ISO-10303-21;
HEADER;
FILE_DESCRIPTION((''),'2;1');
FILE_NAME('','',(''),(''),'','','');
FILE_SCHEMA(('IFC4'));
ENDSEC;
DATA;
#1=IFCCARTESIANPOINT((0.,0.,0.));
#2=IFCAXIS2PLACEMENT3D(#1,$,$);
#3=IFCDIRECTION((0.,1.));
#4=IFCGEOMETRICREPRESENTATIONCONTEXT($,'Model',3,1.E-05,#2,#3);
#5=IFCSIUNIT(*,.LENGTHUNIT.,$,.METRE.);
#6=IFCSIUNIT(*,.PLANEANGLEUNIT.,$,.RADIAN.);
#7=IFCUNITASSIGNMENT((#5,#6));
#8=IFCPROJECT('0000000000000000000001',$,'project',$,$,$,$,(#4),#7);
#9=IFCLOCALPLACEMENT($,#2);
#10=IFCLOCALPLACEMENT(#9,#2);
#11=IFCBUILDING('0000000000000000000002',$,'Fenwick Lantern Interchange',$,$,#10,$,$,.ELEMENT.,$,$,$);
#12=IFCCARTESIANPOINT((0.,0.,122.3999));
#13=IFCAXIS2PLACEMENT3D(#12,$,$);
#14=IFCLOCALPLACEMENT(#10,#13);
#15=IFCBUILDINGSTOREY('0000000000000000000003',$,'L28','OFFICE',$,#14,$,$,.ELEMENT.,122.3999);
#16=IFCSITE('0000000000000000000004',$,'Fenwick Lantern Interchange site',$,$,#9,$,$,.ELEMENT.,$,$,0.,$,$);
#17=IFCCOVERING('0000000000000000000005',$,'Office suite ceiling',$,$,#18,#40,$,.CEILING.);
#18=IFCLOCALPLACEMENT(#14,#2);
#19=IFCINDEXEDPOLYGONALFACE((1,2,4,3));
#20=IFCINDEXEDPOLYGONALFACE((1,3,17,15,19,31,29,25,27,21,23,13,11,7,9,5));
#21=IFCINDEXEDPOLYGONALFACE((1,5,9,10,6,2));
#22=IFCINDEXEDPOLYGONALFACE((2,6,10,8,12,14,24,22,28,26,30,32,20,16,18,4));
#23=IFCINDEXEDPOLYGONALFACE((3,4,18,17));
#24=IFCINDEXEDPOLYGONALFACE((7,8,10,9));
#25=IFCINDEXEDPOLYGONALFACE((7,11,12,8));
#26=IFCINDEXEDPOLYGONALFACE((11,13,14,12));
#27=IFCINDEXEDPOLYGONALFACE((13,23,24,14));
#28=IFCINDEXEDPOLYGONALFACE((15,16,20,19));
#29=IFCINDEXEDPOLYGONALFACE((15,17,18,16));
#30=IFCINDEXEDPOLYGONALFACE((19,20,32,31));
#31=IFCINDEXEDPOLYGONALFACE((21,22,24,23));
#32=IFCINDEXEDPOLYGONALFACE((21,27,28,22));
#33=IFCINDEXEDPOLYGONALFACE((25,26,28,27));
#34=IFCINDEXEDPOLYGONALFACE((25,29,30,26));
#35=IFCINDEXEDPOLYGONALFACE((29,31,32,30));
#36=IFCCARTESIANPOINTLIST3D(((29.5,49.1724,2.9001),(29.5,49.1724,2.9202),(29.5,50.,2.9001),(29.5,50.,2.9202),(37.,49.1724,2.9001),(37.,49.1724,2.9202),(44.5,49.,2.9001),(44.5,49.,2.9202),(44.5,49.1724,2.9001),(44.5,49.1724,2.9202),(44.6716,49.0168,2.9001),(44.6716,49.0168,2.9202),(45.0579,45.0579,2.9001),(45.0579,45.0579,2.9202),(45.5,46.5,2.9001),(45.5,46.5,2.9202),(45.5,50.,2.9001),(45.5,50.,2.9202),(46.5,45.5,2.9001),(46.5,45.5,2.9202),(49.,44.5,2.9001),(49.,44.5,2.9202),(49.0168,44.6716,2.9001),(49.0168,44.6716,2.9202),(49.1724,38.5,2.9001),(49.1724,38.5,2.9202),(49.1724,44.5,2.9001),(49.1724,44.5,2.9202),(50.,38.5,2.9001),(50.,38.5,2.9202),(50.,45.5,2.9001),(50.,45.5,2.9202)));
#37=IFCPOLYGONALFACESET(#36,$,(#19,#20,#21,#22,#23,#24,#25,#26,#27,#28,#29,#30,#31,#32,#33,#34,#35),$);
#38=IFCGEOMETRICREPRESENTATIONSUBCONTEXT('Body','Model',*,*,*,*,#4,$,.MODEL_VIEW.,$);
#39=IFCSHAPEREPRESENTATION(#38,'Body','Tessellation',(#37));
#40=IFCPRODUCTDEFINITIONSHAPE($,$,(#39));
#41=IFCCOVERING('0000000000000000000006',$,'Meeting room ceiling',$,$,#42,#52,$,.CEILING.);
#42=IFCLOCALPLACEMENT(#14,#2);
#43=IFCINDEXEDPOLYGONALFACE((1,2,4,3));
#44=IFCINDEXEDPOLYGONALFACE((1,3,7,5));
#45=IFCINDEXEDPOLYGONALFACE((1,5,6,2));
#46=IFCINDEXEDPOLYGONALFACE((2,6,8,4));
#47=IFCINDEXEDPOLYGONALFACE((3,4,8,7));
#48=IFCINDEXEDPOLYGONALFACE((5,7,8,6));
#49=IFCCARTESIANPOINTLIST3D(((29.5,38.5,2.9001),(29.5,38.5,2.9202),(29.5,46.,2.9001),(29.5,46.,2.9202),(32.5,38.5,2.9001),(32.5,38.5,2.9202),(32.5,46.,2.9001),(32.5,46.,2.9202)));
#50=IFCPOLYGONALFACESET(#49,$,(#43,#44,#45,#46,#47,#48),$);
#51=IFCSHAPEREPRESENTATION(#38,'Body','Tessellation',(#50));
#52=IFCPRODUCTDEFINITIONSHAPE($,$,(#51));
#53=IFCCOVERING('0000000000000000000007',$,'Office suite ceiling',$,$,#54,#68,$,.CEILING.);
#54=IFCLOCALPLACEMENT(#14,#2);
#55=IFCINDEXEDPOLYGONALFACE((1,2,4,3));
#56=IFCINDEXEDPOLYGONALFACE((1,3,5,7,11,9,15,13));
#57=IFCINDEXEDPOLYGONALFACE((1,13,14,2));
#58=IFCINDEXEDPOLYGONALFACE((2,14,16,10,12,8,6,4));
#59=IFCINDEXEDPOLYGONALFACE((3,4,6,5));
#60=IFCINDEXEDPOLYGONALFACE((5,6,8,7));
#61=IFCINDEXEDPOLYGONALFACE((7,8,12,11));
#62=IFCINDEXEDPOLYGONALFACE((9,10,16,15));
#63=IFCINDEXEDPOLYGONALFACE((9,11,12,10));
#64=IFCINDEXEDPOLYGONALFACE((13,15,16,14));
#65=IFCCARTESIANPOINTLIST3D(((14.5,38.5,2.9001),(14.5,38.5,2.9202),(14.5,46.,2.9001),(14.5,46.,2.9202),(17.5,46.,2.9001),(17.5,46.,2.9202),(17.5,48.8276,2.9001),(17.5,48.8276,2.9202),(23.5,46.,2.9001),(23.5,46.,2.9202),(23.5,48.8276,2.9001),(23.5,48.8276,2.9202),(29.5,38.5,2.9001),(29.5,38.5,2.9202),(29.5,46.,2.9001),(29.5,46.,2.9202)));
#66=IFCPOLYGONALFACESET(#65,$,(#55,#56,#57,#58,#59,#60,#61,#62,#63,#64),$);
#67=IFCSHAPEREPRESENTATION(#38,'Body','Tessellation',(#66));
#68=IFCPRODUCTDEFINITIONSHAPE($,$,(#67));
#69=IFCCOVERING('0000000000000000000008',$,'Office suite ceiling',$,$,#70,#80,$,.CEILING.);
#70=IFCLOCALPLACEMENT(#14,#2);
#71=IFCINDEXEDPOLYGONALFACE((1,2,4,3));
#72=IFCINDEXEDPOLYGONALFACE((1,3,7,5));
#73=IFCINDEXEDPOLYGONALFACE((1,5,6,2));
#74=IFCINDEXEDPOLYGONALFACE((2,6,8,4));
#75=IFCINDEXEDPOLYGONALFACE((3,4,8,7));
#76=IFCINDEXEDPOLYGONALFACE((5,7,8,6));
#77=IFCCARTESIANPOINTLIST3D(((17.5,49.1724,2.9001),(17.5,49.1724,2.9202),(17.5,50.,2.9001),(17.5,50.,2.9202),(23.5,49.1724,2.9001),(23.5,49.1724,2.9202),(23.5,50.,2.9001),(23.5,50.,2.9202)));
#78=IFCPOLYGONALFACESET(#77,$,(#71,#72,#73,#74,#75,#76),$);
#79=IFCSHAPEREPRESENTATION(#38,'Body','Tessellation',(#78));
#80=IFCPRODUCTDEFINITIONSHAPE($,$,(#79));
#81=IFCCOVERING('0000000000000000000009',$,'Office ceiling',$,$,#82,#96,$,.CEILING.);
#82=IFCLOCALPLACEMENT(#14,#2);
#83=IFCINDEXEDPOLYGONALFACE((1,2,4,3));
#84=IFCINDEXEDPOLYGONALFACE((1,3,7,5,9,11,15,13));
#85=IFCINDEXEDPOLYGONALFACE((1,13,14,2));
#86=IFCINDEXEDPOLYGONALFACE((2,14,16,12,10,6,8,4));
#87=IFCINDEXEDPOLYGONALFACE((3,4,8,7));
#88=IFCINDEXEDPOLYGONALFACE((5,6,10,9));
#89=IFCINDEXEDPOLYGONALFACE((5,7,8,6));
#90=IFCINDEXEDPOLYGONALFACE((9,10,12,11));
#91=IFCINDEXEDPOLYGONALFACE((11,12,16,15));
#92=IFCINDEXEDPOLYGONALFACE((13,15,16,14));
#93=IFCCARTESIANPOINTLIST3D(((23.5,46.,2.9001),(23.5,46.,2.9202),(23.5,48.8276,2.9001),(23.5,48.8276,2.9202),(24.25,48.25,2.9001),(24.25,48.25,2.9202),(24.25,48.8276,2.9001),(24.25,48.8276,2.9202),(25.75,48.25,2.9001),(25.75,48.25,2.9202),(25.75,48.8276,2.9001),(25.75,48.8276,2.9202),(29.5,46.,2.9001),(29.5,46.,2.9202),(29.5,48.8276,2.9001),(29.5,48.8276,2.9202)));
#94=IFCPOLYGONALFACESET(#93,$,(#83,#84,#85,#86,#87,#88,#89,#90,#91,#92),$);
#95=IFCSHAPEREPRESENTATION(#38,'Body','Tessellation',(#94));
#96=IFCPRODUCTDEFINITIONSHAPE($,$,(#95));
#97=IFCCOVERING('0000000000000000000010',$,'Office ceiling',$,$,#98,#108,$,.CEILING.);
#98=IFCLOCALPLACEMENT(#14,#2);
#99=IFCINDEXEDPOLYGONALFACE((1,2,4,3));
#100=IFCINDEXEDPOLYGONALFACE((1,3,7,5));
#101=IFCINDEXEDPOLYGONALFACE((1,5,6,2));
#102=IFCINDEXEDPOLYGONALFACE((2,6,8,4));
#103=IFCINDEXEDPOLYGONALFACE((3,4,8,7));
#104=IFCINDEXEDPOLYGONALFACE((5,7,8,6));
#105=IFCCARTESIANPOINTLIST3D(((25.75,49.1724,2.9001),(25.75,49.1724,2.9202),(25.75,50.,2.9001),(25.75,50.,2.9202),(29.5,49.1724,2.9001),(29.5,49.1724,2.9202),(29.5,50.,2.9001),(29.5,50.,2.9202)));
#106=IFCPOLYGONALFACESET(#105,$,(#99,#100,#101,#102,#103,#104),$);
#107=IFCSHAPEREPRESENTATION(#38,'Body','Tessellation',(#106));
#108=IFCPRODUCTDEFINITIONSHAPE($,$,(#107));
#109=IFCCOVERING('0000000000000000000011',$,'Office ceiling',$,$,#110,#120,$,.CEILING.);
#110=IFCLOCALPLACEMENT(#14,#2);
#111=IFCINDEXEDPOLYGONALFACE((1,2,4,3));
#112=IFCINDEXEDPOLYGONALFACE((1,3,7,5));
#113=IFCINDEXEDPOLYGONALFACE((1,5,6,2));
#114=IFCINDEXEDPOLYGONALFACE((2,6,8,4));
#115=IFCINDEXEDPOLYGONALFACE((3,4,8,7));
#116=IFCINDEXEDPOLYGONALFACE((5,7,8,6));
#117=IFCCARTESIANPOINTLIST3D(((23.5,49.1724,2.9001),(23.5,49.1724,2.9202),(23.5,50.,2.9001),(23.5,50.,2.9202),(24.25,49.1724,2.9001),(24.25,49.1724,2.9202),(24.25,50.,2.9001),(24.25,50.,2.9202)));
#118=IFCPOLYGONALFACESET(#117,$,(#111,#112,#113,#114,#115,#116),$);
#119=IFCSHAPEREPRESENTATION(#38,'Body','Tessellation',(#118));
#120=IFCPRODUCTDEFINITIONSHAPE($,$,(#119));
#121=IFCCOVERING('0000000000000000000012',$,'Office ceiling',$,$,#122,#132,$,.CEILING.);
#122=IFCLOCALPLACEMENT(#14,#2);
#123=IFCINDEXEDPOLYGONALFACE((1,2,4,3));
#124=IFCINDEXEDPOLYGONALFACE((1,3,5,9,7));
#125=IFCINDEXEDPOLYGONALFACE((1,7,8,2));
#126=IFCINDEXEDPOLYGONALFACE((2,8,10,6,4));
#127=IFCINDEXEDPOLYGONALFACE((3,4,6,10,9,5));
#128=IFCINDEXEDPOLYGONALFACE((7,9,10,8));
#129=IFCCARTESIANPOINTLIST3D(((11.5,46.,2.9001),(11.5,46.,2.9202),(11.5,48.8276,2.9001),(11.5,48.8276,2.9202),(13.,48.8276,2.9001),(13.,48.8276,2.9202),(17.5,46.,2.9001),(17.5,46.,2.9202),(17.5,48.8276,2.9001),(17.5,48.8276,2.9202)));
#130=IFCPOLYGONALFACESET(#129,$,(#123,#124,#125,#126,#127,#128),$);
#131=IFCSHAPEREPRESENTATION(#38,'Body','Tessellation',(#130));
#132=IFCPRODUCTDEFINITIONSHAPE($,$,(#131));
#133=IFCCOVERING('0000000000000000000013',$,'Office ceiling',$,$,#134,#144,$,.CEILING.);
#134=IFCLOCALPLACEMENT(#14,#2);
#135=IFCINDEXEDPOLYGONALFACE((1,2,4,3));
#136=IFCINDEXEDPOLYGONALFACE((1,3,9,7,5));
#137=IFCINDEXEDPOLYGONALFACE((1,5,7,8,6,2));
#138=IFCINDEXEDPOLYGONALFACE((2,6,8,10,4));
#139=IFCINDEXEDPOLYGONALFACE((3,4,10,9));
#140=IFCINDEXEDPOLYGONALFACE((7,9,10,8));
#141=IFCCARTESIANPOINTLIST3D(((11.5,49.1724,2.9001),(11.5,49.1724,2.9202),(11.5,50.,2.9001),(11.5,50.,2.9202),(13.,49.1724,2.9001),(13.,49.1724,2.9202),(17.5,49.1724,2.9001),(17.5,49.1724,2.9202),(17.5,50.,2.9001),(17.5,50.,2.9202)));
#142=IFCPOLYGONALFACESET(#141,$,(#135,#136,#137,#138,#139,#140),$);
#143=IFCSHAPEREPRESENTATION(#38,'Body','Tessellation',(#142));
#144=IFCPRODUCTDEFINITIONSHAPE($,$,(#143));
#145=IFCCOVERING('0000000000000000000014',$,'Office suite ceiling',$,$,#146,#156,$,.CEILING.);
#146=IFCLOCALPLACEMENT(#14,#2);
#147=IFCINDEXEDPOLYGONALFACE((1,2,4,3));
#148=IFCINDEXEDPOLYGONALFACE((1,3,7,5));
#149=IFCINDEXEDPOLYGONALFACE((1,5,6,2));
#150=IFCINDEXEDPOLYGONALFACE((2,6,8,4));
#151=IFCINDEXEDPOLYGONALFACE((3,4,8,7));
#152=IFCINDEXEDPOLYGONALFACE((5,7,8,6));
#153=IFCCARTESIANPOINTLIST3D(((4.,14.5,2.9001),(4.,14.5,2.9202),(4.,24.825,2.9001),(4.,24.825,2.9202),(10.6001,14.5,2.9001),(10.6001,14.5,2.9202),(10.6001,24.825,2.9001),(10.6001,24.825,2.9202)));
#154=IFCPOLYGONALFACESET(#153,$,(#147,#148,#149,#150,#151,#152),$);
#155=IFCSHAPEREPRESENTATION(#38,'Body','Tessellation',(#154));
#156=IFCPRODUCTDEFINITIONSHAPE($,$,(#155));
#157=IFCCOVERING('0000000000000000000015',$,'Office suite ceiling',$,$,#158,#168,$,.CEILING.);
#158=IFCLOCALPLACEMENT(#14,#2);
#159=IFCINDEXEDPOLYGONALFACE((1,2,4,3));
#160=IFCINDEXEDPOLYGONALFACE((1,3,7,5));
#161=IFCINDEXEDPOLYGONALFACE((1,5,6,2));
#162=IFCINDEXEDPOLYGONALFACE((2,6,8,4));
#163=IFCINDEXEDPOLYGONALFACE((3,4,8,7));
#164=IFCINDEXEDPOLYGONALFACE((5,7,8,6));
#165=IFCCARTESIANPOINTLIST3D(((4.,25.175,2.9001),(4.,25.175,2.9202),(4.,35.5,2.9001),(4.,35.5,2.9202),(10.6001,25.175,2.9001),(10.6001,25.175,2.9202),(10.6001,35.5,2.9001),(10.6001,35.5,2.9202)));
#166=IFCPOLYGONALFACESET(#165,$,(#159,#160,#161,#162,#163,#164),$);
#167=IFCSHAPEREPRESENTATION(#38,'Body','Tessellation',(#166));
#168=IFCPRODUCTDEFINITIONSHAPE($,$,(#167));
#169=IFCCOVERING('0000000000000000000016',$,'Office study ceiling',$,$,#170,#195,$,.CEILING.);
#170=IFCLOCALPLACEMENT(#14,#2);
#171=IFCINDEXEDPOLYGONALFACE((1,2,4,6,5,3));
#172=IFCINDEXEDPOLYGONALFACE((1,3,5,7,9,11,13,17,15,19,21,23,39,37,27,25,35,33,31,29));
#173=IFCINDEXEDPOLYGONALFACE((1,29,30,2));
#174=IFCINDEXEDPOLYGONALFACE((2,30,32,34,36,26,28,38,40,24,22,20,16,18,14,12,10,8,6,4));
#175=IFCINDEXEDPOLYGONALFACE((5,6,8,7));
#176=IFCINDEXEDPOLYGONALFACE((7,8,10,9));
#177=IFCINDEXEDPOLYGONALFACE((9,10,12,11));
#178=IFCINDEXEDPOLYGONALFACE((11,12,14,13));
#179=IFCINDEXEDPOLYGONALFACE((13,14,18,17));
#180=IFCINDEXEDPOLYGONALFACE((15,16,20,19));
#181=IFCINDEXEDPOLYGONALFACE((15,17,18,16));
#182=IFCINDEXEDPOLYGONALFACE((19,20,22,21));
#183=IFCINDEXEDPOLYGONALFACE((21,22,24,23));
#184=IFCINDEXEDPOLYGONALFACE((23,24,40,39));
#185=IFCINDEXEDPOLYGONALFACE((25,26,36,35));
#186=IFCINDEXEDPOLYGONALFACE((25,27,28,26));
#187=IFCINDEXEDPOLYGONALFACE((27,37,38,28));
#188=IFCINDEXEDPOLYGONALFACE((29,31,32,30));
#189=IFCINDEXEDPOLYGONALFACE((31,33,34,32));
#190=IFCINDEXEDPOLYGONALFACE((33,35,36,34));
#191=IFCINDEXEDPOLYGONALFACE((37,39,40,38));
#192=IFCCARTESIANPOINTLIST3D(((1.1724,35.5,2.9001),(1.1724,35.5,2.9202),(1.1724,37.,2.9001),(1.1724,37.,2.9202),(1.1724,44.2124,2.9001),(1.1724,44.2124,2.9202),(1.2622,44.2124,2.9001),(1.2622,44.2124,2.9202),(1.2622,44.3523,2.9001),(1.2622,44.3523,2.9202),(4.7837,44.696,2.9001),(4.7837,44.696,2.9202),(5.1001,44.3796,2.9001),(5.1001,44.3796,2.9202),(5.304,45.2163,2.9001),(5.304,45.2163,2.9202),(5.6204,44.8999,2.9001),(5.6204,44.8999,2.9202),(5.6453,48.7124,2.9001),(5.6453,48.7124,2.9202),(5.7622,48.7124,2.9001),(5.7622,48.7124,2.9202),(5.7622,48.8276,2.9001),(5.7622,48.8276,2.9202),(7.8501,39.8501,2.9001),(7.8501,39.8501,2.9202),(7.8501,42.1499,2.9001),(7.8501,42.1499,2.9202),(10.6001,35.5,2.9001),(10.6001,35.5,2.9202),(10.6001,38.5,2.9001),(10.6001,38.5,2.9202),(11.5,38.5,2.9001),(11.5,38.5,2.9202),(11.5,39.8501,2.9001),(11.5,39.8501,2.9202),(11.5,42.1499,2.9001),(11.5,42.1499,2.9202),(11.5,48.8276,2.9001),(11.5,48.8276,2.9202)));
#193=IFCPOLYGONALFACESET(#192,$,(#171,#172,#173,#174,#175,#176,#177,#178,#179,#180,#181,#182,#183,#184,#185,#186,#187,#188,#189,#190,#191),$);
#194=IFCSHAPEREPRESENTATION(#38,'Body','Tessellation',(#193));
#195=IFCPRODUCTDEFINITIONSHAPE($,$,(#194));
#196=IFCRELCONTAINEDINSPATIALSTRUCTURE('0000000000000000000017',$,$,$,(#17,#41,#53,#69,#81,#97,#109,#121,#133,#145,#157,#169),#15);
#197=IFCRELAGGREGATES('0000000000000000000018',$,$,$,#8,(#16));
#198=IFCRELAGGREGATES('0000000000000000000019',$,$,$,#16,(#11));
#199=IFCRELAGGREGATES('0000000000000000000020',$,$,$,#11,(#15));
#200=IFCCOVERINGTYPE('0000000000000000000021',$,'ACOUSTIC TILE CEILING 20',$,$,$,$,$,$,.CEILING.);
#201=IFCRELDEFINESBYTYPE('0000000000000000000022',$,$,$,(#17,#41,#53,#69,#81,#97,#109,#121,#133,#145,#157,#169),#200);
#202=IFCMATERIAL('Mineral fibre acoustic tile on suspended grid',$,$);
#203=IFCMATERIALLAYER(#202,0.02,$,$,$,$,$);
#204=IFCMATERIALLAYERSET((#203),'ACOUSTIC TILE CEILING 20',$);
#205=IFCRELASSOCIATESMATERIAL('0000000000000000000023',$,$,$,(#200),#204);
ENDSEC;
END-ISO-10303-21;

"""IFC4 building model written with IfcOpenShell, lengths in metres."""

from ifc_helpers import new_model, si_unit, direction, frame, origin, place, context, subcontext, project, spatial, polyline, outline, extrude, material, layer, layer_set, type_object, element, save


model = new_model("IFC4")

# Units and contexts
model_context = context("Model", 3, precision=1e-05, world=origin(), true_north=direction((0.0, 1.0)))
body_context = subcontext(model_context, "Body", "Model", "MODEL_VIEW")
ifc_project = project(units=[si_unit("LENGTHUNIT", "METRE"), si_unit("PLANEANGLEUNIT", "RADIAN")], contexts=[model_context])

# Site, building, storey
site_placement = place(None, origin())
site = spatial("IfcSite", under=ifc_project, at=site_placement, Name="Fenwick Lantern Interchange site", CompositionType="ELEMENT", RefElevation=0.0)
building_placement = place(site_placement, origin())
building = spatial("IfcBuilding", under=site, at=building_placement, Name="Fenwick Lantern Interchange", CompositionType="ELEMENT")
storey_placement = place(building_placement, frame((0.0, 0.0, 122.3999)))
storey = spatial("IfcBuildingStorey", under=building, at=storey_placement, Name="L28", Description="OFFICE", CompositionType="ELEMENT", Elevation=122.3999)

# Coverings
ifc_material = material(Name="Mineral fibre acoustic tile on suspended grid")
ifc_layer = layer(ifc_material, 0.02)
ifc_layer_set = layer_set([ifc_layer], Name="ACOUSTIC TILE CEILING 20")
covering_type = type_object("IfcCoveringType", Name="ACOUSTIC TILE CEILING 20", PredefinedType="CEILING", material=ifc_layer_set)
covering_1_placement = place(storey_placement, frame((0.0, 0.0, 2.9001)))
element("IfcCovering", 1, at=covering_1_placement, inside=storey, type_object=covering_type, Name="Office suite ceiling", PredefinedType="CEILING", context=body_context, shape_type="SweptSolid", body=[
    extrude(outline(polyline([(29.5, 50.0), (29.5, 49.1724), (37.0, 49.1724), (44.5, 49.1724), (44.5, 49.0), (44.6716, 49.0168), (45.0579, 45.0579), (49.0168, 44.6716), (49.0, 44.5), (49.1724, 44.5), (49.1724, 38.5), (50.0, 38.5), (50.0, 45.5), (46.5, 45.5), (45.5, 46.5), (45.5, 50.0), (29.5, 50.0)])), origin(), (0.0, 0.0, 1.0), 0.02),
])
covering_2_placement = place(storey_placement, frame((0.0, 0.0, 2.9001)))
element("IfcCovering", 2, at=covering_2_placement, inside=storey, type_object=covering_type, Name="Meeting room ceiling", PredefinedType="CEILING", context=body_context, shape_type="SweptSolid", body=[
    extrude(outline(polyline([(32.5, 46.0), (29.5, 46.0), (29.5, 38.5), (32.5, 38.5), (32.5, 46.0)])), origin(), (0.0, 0.0, 1.0), 0.02),
])
covering_3_placement = place(storey_placement, frame((0.0, 0.0, 2.9001)))
element("IfcCovering", 3, at=covering_3_placement, inside=storey, type_object=covering_type, Name="Office suite ceiling", PredefinedType="CEILING", context=body_context, shape_type="SweptSolid", body=[
    extrude(outline(polyline([(23.5, 46.0), (23.5, 48.8276), (17.5, 48.8276), (17.5, 46.0), (14.5, 46.0), (14.5, 38.5), (29.5, 38.5), (29.5, 46.0), (23.5, 46.0)])), origin(), (0.0, 0.0, 1.0), 0.02),
])
covering_4_placement = place(storey_placement, frame((0.0, 0.0, 2.9001)))
element("IfcCovering", 4, at=covering_4_placement, inside=storey, type_object=covering_type, Name="Office suite ceiling", PredefinedType="CEILING", context=body_context, shape_type="SweptSolid", body=[
    extrude(outline(polyline([(23.5, 50.0), (17.5, 50.0), (17.5, 49.1724), (23.5, 49.1724), (23.5, 50.0)])), origin(), (0.0, 0.0, 1.0), 0.02),
])
covering_5_placement = place(storey_placement, frame((0.0, 0.0, 2.9001)))
element("IfcCovering", 5, at=covering_5_placement, inside=storey, type_object=covering_type, Name="Office ceiling", PredefinedType="CEILING", context=body_context, shape_type="SweptSolid", body=[
    extrude(outline(polyline([(29.5, 46.0), (29.5, 48.8276), (25.75, 48.8276), (25.75, 48.25), (24.25, 48.25), (24.25, 48.8276), (23.5, 48.8276), (23.5, 46.0), (29.5, 46.0)])), origin(), (0.0, 0.0, 1.0), 0.02),
])
covering_6_placement = place(storey_placement, frame((0.0, 0.0, 2.9001)))
element("IfcCovering", 6, at=covering_6_placement, inside=storey, type_object=covering_type, Name="Office ceiling", PredefinedType="CEILING", context=body_context, shape_type="SweptSolid", body=[
    extrude(outline(polyline([(29.5, 49.1724), (29.5, 50.0), (25.75, 50.0), (25.75, 49.1724), (29.5, 49.1724)])), origin(), (0.0, 0.0, 1.0), 0.02),
])
covering_7_placement = place(storey_placement, frame((0.0, 0.0, 2.9001)))
element("IfcCovering", 7, at=covering_7_placement, inside=storey, type_object=covering_type, Name="Office ceiling", PredefinedType="CEILING", context=body_context, shape_type="SweptSolid", body=[
    extrude(outline(polyline([(23.5, 50.0), (23.5, 49.1724), (24.25, 49.1724), (24.25, 50.0), (23.5, 50.0)])), origin(), (0.0, 0.0, 1.0), 0.02),
])
covering_8_placement = place(storey_placement, frame((0.0, 0.0, 2.9001)))
element("IfcCovering", 8, at=covering_8_placement, inside=storey, type_object=covering_type, Name="Office ceiling", PredefinedType="CEILING", context=body_context, shape_type="SweptSolid", body=[
    extrude(outline(polyline([(17.5, 46.0), (17.5, 48.8276), (13.0, 48.8276), (11.5, 48.8276), (11.5, 46.0), (17.5, 46.0)])), origin(), (0.0, 0.0, 1.0), 0.02),
])
covering_9_placement = place(storey_placement, frame((0.0, 0.0, 2.9001)))
element("IfcCovering", 9, at=covering_9_placement, inside=storey, type_object=covering_type, Name="Office ceiling", PredefinedType="CEILING", context=body_context, shape_type="SweptSolid", body=[
    extrude(outline(polyline([(11.5, 50.0), (11.5, 49.1724), (13.0, 49.1724), (17.5, 49.1724), (17.5, 50.0), (11.5, 50.0)])), origin(), (0.0, 0.0, 1.0), 0.02),
])
covering_10_placement = place(storey_placement, frame((0.0, 0.0, 2.9001)))
element("IfcCovering", 10, at=covering_10_placement, inside=storey, type_object=covering_type, Name="Office suite ceiling", PredefinedType="CEILING", context=body_context, shape_type="SweptSolid", body=[
    extrude(outline(polyline([(10.6001, 14.5), (10.6001, 24.825), (4.0, 24.825), (4.0, 14.5), (10.6001, 14.5)])), origin(), (0.0, 0.0, 1.0), 0.02),
])
covering_11_placement = place(storey_placement, frame((0.0, 0.0, 2.9001)))
element("IfcCovering", 11, at=covering_11_placement, inside=storey, type_object=covering_type, Name="Office suite ceiling", PredefinedType="CEILING", context=body_context, shape_type="SweptSolid", body=[
    extrude(outline(polyline([(10.6001, 25.175), (10.6001, 35.5), (4.0, 35.5), (4.0, 25.175), (10.6001, 25.175)])), origin(), (0.0, 0.0, 1.0), 0.02),
])
covering_12_placement = place(storey_placement, frame((0.0, 0.0, 2.9001)))
element("IfcCovering", 12, at=covering_12_placement, inside=storey, type_object=covering_type, Name="Office study ceiling", PredefinedType="CEILING", context=body_context, shape_type="SweptSolid", body=[
    extrude(outline(polyline([(5.7622, 48.7124), (5.6453, 48.7124), (5.304, 45.2163), (5.6204, 44.8999), (5.1001, 44.3796), (4.7837, 44.696), (1.2622, 44.3523), (1.2622, 44.2124), (1.1724, 44.2124), (1.1724, 37.0), (1.1724, 35.5), (10.6001, 35.5), (10.6001, 38.5), (11.5, 38.5), (11.5, 39.8501), (7.8501, 39.8501), (7.8501, 42.1499), (11.5, 42.1499), (11.5, 48.8276), (5.7622, 48.8276), (5.7622, 48.7124)])), origin(), (0.0, 0.0, 1.0), 0.02),
])

save(model, "model.ifc")
